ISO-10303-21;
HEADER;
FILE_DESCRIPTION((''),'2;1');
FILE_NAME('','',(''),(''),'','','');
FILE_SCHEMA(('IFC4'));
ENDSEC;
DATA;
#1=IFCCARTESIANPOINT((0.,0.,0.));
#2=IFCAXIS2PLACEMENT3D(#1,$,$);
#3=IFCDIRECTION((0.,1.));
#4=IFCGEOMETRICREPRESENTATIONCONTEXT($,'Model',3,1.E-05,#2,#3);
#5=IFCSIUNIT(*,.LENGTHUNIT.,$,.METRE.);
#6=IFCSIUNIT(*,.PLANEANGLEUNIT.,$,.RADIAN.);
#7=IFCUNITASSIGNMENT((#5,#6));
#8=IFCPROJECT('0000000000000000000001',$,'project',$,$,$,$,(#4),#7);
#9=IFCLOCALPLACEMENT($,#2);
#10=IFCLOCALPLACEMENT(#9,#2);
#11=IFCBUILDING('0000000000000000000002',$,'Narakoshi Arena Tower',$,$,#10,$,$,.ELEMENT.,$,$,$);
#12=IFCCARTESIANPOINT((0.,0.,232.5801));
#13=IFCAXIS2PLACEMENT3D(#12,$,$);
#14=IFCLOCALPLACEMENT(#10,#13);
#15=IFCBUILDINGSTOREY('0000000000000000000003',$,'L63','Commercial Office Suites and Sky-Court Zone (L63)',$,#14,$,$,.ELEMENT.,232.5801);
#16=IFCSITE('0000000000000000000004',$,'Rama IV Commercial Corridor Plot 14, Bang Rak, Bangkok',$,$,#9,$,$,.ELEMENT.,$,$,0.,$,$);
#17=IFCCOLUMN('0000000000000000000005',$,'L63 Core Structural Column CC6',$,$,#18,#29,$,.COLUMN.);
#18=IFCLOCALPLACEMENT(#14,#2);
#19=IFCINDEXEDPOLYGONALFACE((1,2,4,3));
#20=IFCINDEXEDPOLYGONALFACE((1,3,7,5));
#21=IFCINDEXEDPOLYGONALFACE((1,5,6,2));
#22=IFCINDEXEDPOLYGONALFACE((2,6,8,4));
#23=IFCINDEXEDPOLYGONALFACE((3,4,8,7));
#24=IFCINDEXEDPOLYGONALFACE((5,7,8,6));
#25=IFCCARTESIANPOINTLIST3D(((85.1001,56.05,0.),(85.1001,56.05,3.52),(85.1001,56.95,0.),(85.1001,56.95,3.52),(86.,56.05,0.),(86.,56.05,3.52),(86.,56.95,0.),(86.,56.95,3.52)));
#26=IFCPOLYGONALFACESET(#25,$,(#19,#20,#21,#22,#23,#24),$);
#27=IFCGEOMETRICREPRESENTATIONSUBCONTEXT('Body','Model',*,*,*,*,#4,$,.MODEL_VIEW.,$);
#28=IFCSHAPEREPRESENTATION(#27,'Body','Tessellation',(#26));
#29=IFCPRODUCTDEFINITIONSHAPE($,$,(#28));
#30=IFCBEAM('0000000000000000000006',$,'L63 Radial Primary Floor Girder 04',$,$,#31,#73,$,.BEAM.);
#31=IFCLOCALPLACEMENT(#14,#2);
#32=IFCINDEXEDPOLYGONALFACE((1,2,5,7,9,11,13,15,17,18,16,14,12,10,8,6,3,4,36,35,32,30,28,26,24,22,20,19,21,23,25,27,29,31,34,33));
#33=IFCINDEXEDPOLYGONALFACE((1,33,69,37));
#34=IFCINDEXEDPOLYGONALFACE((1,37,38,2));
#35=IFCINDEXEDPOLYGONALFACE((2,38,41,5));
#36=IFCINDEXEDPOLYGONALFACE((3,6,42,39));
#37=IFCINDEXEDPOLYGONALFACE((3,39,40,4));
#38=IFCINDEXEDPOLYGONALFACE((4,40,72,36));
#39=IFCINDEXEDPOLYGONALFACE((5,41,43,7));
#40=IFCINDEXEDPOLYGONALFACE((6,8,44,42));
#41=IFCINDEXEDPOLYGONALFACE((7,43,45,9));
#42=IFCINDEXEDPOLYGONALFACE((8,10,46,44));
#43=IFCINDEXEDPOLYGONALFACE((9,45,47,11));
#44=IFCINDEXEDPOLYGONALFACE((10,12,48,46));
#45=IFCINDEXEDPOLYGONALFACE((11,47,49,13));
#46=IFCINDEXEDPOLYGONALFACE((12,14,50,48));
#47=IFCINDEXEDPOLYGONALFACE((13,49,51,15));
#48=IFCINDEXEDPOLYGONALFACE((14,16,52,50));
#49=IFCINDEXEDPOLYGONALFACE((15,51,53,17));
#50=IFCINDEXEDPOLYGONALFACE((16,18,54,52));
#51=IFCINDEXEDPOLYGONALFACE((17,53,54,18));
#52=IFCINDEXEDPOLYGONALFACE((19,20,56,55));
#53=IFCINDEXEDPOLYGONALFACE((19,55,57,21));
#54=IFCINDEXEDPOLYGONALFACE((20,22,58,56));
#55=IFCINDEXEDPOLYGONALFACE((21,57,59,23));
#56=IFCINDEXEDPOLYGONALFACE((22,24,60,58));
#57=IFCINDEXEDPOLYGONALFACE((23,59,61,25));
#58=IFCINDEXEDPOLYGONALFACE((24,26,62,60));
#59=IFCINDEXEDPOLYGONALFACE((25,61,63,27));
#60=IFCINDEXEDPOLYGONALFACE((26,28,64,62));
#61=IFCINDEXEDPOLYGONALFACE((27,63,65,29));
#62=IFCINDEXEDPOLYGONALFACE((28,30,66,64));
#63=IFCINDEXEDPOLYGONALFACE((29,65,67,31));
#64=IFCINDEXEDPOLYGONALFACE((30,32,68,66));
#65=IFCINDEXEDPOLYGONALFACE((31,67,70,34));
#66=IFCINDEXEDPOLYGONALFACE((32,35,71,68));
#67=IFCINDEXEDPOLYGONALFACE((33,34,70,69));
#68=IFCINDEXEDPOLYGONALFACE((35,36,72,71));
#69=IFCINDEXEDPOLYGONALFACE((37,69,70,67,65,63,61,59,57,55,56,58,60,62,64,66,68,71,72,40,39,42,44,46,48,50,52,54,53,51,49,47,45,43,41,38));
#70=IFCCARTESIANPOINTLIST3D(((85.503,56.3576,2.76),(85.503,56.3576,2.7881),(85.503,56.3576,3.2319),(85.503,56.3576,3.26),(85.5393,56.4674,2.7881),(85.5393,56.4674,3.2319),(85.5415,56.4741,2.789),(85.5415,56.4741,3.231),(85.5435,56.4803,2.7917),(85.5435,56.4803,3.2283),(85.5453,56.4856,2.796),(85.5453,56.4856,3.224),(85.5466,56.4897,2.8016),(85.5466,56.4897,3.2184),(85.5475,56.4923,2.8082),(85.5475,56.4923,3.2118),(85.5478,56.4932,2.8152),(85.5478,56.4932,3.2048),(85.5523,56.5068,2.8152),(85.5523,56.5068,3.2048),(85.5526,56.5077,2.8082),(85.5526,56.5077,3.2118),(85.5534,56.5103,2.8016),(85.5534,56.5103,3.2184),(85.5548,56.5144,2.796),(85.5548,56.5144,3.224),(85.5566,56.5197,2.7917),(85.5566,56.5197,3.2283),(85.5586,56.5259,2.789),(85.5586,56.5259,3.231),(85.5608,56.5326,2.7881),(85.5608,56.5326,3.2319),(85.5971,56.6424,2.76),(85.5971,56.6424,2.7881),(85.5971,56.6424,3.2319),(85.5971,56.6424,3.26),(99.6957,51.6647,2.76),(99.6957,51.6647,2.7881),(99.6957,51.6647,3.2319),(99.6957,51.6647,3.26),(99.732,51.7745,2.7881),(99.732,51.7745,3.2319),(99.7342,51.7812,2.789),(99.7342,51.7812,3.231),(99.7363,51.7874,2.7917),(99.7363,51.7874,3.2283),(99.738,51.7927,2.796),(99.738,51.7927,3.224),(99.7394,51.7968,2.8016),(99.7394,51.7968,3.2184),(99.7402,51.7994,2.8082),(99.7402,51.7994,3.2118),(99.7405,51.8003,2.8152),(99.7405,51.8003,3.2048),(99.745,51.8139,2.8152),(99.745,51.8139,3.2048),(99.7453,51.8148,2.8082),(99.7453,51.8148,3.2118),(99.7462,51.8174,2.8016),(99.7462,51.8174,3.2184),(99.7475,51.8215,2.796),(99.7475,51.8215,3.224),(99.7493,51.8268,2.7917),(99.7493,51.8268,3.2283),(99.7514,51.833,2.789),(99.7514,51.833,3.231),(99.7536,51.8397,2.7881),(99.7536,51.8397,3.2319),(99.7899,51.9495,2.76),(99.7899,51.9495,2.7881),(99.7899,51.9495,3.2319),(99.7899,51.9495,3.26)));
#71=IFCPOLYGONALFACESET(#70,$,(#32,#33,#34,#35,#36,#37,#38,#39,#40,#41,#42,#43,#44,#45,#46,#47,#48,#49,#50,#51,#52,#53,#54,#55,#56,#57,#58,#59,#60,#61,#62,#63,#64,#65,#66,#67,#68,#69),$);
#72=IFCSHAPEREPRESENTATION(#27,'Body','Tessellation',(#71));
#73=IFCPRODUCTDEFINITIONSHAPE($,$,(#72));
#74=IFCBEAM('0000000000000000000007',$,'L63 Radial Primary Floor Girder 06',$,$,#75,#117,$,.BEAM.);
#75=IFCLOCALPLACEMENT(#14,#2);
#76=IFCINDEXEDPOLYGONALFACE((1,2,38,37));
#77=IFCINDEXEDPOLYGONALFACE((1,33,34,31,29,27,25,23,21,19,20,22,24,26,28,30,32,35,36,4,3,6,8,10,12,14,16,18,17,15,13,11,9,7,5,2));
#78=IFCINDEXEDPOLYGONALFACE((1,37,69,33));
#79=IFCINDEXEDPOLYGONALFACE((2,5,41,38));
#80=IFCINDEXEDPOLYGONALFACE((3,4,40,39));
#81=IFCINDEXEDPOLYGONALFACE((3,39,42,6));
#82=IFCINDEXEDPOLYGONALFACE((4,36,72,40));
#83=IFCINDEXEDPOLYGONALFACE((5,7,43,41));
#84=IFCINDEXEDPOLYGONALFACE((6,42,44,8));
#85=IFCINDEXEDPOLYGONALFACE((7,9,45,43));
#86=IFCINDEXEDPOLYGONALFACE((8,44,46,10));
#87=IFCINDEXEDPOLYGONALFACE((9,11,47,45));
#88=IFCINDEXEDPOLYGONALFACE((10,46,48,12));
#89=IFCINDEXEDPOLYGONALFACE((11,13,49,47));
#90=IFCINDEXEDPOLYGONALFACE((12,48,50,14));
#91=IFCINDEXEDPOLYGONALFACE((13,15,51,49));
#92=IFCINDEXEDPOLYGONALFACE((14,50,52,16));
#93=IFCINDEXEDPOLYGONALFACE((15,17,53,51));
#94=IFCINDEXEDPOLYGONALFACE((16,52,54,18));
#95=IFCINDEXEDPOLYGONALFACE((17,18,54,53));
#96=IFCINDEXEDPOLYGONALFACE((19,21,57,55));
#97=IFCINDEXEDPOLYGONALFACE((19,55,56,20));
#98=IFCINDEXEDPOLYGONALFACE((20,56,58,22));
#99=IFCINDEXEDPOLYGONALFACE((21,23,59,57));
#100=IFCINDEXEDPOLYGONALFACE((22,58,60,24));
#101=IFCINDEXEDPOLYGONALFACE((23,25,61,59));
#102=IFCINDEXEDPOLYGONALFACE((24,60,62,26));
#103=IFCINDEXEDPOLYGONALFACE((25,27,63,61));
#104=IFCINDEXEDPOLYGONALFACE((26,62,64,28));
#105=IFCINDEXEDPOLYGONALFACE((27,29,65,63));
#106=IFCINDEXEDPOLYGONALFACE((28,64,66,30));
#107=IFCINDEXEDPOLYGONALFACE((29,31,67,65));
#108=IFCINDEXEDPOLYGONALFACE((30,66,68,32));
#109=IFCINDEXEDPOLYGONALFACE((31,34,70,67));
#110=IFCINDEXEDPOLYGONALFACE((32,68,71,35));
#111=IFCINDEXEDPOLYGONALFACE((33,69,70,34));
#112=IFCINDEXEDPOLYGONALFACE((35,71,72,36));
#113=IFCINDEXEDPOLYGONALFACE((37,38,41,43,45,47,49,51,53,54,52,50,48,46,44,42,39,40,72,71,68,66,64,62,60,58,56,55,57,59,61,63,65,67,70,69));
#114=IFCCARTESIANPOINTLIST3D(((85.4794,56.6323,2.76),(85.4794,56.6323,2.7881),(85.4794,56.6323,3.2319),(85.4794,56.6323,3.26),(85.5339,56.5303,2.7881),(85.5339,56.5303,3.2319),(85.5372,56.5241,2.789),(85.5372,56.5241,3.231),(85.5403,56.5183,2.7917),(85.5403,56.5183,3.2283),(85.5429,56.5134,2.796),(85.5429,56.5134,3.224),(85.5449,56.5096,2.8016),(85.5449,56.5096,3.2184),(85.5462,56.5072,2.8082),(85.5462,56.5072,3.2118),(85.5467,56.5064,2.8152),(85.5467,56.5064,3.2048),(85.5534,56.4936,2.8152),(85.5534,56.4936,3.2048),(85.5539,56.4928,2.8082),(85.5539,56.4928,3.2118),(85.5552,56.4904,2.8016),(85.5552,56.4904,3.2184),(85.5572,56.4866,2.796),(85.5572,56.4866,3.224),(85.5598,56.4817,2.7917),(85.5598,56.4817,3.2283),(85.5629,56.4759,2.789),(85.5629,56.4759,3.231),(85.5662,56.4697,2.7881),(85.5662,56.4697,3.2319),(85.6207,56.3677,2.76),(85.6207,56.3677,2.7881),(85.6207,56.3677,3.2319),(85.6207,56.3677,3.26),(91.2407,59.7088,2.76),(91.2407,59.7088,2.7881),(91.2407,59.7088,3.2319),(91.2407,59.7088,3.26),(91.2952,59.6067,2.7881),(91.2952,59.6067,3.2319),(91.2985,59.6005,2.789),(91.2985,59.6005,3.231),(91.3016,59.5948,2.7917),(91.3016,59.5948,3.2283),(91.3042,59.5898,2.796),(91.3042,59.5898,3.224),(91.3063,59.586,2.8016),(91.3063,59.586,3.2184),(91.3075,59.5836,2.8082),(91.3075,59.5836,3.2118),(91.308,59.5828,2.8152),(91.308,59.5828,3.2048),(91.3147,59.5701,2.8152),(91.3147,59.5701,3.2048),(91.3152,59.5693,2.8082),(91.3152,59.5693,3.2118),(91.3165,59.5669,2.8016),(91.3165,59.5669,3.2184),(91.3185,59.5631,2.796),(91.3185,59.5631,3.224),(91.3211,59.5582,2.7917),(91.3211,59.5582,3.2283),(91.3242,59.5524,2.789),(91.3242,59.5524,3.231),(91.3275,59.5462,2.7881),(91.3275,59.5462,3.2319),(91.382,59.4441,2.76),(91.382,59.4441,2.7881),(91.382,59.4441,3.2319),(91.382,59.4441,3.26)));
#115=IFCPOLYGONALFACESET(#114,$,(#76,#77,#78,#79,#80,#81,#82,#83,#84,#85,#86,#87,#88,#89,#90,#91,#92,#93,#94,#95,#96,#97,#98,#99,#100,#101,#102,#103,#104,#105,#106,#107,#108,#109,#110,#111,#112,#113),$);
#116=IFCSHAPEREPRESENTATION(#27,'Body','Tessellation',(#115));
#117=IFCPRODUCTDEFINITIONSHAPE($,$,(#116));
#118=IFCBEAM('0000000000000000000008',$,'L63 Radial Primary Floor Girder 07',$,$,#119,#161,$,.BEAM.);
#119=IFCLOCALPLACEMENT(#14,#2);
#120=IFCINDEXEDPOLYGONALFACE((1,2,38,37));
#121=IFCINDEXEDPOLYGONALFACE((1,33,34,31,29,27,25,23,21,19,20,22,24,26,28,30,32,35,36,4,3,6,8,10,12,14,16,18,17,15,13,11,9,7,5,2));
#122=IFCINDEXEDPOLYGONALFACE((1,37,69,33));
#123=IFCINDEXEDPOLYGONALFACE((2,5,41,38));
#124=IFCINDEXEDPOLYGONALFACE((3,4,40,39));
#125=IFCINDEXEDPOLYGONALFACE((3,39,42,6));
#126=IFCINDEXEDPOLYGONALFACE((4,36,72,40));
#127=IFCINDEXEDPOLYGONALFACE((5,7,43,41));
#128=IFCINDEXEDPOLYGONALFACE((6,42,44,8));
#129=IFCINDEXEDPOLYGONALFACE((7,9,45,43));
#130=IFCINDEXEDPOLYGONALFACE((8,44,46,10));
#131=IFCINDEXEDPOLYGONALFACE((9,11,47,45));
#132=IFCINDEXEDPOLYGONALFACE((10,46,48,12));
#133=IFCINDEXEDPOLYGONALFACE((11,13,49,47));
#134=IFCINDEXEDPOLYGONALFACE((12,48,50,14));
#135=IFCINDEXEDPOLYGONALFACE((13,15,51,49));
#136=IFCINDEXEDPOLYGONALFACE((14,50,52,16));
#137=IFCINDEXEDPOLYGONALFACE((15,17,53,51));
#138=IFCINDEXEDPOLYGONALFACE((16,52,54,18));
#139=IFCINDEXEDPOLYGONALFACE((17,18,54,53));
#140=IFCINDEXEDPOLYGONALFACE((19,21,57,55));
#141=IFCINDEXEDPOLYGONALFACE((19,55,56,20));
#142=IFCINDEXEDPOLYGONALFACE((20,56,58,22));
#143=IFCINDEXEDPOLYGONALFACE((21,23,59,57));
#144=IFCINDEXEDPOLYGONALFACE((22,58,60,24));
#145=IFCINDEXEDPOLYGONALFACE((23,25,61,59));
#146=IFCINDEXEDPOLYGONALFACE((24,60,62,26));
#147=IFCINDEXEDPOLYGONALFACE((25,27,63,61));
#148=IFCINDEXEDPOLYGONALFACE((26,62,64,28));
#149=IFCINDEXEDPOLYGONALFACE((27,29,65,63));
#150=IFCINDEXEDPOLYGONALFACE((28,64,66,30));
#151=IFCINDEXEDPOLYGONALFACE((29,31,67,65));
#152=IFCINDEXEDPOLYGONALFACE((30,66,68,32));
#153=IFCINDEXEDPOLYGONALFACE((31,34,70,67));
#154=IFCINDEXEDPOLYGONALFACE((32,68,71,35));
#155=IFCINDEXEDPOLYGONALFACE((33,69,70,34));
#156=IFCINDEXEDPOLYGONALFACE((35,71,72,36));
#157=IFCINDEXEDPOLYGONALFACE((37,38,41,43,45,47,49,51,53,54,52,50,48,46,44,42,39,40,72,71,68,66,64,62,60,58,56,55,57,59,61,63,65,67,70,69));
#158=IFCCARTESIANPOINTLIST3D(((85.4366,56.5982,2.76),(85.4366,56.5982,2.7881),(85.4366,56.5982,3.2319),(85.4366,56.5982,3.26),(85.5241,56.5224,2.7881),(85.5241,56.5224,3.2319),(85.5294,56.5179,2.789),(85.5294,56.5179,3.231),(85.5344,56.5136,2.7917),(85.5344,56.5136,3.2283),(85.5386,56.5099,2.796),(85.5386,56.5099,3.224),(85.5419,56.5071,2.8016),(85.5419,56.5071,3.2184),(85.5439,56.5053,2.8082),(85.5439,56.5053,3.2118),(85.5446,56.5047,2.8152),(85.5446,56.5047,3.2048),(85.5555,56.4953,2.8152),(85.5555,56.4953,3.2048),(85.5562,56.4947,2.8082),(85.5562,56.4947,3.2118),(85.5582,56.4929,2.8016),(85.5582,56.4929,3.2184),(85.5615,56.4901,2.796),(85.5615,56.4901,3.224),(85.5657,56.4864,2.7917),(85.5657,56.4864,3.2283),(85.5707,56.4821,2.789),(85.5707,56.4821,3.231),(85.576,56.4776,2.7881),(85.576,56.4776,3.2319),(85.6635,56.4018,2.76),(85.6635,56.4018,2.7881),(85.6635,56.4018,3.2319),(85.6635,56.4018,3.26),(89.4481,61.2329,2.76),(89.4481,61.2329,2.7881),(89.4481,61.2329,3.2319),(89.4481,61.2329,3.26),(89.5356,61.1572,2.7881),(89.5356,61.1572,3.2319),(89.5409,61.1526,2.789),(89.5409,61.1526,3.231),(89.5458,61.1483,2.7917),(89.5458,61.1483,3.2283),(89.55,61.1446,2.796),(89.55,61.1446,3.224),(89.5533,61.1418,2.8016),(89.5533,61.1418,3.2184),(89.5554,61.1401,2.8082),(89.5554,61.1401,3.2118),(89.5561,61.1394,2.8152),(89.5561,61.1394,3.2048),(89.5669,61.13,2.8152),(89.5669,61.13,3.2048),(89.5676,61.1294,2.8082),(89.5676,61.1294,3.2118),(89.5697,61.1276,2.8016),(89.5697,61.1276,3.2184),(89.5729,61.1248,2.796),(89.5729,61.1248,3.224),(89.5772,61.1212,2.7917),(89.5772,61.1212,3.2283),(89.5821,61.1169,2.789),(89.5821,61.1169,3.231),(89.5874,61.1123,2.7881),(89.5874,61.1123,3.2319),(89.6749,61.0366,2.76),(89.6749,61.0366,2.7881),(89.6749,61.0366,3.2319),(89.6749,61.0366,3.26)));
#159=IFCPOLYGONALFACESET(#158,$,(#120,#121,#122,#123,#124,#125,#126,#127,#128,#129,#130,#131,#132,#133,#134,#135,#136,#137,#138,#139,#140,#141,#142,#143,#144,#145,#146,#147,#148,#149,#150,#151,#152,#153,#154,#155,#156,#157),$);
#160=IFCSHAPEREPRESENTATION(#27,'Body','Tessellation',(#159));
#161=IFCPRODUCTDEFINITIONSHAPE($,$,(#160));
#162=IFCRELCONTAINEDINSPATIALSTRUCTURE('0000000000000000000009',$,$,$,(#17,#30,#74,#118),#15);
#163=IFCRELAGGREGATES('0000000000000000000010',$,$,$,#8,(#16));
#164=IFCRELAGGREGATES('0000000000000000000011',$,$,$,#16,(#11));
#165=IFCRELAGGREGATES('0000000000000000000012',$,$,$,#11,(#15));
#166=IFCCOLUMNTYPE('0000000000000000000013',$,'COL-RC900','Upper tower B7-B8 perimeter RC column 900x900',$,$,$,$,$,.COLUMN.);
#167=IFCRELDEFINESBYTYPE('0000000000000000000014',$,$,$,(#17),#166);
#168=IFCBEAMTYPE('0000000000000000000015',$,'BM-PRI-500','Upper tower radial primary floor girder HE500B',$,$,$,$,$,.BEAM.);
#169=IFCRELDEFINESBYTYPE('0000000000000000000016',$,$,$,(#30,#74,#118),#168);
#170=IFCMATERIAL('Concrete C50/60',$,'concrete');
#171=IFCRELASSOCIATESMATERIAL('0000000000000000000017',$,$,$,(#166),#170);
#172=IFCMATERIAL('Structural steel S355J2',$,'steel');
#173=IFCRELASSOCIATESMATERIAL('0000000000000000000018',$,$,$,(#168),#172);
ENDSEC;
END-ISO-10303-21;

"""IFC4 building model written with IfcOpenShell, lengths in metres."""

from ifc_helpers import new_model, si_unit, direction, frame, origin, origin_2d, place, context, subcontext, project, spatial, rectangle, i_section, extrude, material, material_profile, profile_set, type_object, element, save


model = new_model("IFC4")

# Units and contexts
model_context = context("Model", 3, precision=1e-05, world=origin(), true_north=direction((0.0, 1.0)))
body_context = subcontext(model_context, "Body", "Model", "MODEL_VIEW")
ifc_project = project(units=[si_unit("LENGTHUNIT", "METRE"), si_unit("PLANEANGLEUNIT", "RADIAN")], contexts=[model_context])

# Site, building, storey
site_placement = place(None, origin())
site = spatial("IfcSite", under=ifc_project, at=site_placement, Name="Rama IV Commercial Corridor Plot 14, Bang Rak, Bangkok", CompositionType="ELEMENT", RefElevation=0.0)
building_placement = place(site_placement, origin())
building = spatial("IfcBuilding", under=site, at=building_placement, Name="Narakoshi Arena Tower", CompositionType="ELEMENT")
storey_placement = place(building_placement, frame((0.0, 0.0, 232.5801)))
storey = spatial("IfcBuildingStorey", under=building, at=storey_placement, Name="L63", Description="Commercial Office Suites and Sky-Court Zone (L63)", CompositionType="ELEMENT", Elevation=232.5801)

# Column
ifc_material_1 = material(Name="Concrete C50/60", Category="concrete")
ifc_material_profile_1 = material_profile(ifc_material_1, rectangle(XDim=0.8999, YDim=0.8999, at=origin_2d()), Name="RC900x900")
ifc_profile_set_1 = profile_set([ifc_material_profile_1], Name="Concrete C50/60")
column_type = type_object("IfcColumnType", Name="COL-RC900", Description="Upper tower B7-B8 perimeter RC column 900x900", PredefinedType="COLUMN", material=ifc_profile_set_1)
column_placement = place(storey_placement, frame((85.55, 56.5, 0.0), z_axis=(0.0, 0.0, 1.0), x_axis=(1.0, 0.0, 0.0)))
element("IfcColumn", 1, at=column_placement, inside=storey, type_object=column_type, Name="L63 Core Structural Column CC6", PredefinedType="COLUMN", context=body_context, shape_type="SweptSolid", body=[
    extrude(rectangle(XDim=0.8999, YDim=0.8999, at=origin_2d()), origin(), (0.0, 0.0, 1.0), 3.52),
])

# Beams
ifc_material_2 = material(Name="Structural steel S355J2", Category="steel")
ifc_material_profile_2 = material_profile(ifc_material_2, i_section(OverallWidth=0.3, OverallDepth=0.5, WebThickness=0.0144, FlangeThickness=0.0281, FilletRadius=0.0271, at=origin_2d()), Name="HE500B")
ifc_profile_set_2 = profile_set([ifc_material_profile_2], Name="Structural steel S355J2")
beam_type = type_object("IfcBeamType", Name="BM-PRI-500", Description="Upper tower radial primary floor girder HE500B", PredefinedType="BEAM", material=ifc_profile_set_2)
beam_1_placement = place(storey_placement, frame((85.55, 56.5, 3.01), z_axis=(0.949443, -0.313939, 0.0), x_axis=(0.313939, 0.949443, 0.0)))
element("IfcBeam", 2, at=beam_1_placement, inside=storey, type_object=beam_type, Name="L63 Radial Primary Floor Girder 04", PredefinedType="BEAM", context=body_context, shape_type="SweptSolid", body=[
    extrude(i_section(OverallWidth=0.3, OverallDepth=0.5, WebThickness=0.0144, FlangeThickness=0.0281, FilletRadius=0.0271, at=origin_2d()), origin(), (0.0, 0.0, 1.0), 14.9485),
])
beam_2_placement = place(storey_placement, frame((85.55, 56.5, 3.01), z_axis=(0.882114, 0.471036, 0.0), x_axis=(-0.471036, 0.882114, 0.0)))
element("IfcBeam", 3, at=beam_2_placement, inside=storey, type_object=beam_type, Name="L63 Radial Primary Floor Girder 06", PredefinedType="BEAM", context=body_context, shape_type="SweptSolid", body=[
    extrude(i_section(OverallWidth=0.3, OverallDepth=0.5, WebThickness=0.0144, FlangeThickness=0.0281, FilletRadius=0.0271, at=origin_2d()), origin(), (0.0, 0.0, 1.0), 6.5312),
])
beam_3_placement = place(storey_placement, frame((85.55, 56.5, 3.01), z_axis=(0.654435, 0.756119, 0.0), x_axis=(-0.756119, 0.654435, 0.0)))
element("IfcBeam", 4, at=beam_3_placement, inside=storey, type_object=beam_type, Name="L63 Radial Primary Floor Girder 07", PredefinedType="BEAM", context=body_context, shape_type="SweptSolid", body=[
    extrude(i_section(OverallWidth=0.3, OverallDepth=0.5, WebThickness=0.0144, FlangeThickness=0.0281, FilletRadius=0.0271, at=origin_2d()), origin(), (0.0, 0.0, 1.0), 6.1296),
])

save(model, "model.ifc")
